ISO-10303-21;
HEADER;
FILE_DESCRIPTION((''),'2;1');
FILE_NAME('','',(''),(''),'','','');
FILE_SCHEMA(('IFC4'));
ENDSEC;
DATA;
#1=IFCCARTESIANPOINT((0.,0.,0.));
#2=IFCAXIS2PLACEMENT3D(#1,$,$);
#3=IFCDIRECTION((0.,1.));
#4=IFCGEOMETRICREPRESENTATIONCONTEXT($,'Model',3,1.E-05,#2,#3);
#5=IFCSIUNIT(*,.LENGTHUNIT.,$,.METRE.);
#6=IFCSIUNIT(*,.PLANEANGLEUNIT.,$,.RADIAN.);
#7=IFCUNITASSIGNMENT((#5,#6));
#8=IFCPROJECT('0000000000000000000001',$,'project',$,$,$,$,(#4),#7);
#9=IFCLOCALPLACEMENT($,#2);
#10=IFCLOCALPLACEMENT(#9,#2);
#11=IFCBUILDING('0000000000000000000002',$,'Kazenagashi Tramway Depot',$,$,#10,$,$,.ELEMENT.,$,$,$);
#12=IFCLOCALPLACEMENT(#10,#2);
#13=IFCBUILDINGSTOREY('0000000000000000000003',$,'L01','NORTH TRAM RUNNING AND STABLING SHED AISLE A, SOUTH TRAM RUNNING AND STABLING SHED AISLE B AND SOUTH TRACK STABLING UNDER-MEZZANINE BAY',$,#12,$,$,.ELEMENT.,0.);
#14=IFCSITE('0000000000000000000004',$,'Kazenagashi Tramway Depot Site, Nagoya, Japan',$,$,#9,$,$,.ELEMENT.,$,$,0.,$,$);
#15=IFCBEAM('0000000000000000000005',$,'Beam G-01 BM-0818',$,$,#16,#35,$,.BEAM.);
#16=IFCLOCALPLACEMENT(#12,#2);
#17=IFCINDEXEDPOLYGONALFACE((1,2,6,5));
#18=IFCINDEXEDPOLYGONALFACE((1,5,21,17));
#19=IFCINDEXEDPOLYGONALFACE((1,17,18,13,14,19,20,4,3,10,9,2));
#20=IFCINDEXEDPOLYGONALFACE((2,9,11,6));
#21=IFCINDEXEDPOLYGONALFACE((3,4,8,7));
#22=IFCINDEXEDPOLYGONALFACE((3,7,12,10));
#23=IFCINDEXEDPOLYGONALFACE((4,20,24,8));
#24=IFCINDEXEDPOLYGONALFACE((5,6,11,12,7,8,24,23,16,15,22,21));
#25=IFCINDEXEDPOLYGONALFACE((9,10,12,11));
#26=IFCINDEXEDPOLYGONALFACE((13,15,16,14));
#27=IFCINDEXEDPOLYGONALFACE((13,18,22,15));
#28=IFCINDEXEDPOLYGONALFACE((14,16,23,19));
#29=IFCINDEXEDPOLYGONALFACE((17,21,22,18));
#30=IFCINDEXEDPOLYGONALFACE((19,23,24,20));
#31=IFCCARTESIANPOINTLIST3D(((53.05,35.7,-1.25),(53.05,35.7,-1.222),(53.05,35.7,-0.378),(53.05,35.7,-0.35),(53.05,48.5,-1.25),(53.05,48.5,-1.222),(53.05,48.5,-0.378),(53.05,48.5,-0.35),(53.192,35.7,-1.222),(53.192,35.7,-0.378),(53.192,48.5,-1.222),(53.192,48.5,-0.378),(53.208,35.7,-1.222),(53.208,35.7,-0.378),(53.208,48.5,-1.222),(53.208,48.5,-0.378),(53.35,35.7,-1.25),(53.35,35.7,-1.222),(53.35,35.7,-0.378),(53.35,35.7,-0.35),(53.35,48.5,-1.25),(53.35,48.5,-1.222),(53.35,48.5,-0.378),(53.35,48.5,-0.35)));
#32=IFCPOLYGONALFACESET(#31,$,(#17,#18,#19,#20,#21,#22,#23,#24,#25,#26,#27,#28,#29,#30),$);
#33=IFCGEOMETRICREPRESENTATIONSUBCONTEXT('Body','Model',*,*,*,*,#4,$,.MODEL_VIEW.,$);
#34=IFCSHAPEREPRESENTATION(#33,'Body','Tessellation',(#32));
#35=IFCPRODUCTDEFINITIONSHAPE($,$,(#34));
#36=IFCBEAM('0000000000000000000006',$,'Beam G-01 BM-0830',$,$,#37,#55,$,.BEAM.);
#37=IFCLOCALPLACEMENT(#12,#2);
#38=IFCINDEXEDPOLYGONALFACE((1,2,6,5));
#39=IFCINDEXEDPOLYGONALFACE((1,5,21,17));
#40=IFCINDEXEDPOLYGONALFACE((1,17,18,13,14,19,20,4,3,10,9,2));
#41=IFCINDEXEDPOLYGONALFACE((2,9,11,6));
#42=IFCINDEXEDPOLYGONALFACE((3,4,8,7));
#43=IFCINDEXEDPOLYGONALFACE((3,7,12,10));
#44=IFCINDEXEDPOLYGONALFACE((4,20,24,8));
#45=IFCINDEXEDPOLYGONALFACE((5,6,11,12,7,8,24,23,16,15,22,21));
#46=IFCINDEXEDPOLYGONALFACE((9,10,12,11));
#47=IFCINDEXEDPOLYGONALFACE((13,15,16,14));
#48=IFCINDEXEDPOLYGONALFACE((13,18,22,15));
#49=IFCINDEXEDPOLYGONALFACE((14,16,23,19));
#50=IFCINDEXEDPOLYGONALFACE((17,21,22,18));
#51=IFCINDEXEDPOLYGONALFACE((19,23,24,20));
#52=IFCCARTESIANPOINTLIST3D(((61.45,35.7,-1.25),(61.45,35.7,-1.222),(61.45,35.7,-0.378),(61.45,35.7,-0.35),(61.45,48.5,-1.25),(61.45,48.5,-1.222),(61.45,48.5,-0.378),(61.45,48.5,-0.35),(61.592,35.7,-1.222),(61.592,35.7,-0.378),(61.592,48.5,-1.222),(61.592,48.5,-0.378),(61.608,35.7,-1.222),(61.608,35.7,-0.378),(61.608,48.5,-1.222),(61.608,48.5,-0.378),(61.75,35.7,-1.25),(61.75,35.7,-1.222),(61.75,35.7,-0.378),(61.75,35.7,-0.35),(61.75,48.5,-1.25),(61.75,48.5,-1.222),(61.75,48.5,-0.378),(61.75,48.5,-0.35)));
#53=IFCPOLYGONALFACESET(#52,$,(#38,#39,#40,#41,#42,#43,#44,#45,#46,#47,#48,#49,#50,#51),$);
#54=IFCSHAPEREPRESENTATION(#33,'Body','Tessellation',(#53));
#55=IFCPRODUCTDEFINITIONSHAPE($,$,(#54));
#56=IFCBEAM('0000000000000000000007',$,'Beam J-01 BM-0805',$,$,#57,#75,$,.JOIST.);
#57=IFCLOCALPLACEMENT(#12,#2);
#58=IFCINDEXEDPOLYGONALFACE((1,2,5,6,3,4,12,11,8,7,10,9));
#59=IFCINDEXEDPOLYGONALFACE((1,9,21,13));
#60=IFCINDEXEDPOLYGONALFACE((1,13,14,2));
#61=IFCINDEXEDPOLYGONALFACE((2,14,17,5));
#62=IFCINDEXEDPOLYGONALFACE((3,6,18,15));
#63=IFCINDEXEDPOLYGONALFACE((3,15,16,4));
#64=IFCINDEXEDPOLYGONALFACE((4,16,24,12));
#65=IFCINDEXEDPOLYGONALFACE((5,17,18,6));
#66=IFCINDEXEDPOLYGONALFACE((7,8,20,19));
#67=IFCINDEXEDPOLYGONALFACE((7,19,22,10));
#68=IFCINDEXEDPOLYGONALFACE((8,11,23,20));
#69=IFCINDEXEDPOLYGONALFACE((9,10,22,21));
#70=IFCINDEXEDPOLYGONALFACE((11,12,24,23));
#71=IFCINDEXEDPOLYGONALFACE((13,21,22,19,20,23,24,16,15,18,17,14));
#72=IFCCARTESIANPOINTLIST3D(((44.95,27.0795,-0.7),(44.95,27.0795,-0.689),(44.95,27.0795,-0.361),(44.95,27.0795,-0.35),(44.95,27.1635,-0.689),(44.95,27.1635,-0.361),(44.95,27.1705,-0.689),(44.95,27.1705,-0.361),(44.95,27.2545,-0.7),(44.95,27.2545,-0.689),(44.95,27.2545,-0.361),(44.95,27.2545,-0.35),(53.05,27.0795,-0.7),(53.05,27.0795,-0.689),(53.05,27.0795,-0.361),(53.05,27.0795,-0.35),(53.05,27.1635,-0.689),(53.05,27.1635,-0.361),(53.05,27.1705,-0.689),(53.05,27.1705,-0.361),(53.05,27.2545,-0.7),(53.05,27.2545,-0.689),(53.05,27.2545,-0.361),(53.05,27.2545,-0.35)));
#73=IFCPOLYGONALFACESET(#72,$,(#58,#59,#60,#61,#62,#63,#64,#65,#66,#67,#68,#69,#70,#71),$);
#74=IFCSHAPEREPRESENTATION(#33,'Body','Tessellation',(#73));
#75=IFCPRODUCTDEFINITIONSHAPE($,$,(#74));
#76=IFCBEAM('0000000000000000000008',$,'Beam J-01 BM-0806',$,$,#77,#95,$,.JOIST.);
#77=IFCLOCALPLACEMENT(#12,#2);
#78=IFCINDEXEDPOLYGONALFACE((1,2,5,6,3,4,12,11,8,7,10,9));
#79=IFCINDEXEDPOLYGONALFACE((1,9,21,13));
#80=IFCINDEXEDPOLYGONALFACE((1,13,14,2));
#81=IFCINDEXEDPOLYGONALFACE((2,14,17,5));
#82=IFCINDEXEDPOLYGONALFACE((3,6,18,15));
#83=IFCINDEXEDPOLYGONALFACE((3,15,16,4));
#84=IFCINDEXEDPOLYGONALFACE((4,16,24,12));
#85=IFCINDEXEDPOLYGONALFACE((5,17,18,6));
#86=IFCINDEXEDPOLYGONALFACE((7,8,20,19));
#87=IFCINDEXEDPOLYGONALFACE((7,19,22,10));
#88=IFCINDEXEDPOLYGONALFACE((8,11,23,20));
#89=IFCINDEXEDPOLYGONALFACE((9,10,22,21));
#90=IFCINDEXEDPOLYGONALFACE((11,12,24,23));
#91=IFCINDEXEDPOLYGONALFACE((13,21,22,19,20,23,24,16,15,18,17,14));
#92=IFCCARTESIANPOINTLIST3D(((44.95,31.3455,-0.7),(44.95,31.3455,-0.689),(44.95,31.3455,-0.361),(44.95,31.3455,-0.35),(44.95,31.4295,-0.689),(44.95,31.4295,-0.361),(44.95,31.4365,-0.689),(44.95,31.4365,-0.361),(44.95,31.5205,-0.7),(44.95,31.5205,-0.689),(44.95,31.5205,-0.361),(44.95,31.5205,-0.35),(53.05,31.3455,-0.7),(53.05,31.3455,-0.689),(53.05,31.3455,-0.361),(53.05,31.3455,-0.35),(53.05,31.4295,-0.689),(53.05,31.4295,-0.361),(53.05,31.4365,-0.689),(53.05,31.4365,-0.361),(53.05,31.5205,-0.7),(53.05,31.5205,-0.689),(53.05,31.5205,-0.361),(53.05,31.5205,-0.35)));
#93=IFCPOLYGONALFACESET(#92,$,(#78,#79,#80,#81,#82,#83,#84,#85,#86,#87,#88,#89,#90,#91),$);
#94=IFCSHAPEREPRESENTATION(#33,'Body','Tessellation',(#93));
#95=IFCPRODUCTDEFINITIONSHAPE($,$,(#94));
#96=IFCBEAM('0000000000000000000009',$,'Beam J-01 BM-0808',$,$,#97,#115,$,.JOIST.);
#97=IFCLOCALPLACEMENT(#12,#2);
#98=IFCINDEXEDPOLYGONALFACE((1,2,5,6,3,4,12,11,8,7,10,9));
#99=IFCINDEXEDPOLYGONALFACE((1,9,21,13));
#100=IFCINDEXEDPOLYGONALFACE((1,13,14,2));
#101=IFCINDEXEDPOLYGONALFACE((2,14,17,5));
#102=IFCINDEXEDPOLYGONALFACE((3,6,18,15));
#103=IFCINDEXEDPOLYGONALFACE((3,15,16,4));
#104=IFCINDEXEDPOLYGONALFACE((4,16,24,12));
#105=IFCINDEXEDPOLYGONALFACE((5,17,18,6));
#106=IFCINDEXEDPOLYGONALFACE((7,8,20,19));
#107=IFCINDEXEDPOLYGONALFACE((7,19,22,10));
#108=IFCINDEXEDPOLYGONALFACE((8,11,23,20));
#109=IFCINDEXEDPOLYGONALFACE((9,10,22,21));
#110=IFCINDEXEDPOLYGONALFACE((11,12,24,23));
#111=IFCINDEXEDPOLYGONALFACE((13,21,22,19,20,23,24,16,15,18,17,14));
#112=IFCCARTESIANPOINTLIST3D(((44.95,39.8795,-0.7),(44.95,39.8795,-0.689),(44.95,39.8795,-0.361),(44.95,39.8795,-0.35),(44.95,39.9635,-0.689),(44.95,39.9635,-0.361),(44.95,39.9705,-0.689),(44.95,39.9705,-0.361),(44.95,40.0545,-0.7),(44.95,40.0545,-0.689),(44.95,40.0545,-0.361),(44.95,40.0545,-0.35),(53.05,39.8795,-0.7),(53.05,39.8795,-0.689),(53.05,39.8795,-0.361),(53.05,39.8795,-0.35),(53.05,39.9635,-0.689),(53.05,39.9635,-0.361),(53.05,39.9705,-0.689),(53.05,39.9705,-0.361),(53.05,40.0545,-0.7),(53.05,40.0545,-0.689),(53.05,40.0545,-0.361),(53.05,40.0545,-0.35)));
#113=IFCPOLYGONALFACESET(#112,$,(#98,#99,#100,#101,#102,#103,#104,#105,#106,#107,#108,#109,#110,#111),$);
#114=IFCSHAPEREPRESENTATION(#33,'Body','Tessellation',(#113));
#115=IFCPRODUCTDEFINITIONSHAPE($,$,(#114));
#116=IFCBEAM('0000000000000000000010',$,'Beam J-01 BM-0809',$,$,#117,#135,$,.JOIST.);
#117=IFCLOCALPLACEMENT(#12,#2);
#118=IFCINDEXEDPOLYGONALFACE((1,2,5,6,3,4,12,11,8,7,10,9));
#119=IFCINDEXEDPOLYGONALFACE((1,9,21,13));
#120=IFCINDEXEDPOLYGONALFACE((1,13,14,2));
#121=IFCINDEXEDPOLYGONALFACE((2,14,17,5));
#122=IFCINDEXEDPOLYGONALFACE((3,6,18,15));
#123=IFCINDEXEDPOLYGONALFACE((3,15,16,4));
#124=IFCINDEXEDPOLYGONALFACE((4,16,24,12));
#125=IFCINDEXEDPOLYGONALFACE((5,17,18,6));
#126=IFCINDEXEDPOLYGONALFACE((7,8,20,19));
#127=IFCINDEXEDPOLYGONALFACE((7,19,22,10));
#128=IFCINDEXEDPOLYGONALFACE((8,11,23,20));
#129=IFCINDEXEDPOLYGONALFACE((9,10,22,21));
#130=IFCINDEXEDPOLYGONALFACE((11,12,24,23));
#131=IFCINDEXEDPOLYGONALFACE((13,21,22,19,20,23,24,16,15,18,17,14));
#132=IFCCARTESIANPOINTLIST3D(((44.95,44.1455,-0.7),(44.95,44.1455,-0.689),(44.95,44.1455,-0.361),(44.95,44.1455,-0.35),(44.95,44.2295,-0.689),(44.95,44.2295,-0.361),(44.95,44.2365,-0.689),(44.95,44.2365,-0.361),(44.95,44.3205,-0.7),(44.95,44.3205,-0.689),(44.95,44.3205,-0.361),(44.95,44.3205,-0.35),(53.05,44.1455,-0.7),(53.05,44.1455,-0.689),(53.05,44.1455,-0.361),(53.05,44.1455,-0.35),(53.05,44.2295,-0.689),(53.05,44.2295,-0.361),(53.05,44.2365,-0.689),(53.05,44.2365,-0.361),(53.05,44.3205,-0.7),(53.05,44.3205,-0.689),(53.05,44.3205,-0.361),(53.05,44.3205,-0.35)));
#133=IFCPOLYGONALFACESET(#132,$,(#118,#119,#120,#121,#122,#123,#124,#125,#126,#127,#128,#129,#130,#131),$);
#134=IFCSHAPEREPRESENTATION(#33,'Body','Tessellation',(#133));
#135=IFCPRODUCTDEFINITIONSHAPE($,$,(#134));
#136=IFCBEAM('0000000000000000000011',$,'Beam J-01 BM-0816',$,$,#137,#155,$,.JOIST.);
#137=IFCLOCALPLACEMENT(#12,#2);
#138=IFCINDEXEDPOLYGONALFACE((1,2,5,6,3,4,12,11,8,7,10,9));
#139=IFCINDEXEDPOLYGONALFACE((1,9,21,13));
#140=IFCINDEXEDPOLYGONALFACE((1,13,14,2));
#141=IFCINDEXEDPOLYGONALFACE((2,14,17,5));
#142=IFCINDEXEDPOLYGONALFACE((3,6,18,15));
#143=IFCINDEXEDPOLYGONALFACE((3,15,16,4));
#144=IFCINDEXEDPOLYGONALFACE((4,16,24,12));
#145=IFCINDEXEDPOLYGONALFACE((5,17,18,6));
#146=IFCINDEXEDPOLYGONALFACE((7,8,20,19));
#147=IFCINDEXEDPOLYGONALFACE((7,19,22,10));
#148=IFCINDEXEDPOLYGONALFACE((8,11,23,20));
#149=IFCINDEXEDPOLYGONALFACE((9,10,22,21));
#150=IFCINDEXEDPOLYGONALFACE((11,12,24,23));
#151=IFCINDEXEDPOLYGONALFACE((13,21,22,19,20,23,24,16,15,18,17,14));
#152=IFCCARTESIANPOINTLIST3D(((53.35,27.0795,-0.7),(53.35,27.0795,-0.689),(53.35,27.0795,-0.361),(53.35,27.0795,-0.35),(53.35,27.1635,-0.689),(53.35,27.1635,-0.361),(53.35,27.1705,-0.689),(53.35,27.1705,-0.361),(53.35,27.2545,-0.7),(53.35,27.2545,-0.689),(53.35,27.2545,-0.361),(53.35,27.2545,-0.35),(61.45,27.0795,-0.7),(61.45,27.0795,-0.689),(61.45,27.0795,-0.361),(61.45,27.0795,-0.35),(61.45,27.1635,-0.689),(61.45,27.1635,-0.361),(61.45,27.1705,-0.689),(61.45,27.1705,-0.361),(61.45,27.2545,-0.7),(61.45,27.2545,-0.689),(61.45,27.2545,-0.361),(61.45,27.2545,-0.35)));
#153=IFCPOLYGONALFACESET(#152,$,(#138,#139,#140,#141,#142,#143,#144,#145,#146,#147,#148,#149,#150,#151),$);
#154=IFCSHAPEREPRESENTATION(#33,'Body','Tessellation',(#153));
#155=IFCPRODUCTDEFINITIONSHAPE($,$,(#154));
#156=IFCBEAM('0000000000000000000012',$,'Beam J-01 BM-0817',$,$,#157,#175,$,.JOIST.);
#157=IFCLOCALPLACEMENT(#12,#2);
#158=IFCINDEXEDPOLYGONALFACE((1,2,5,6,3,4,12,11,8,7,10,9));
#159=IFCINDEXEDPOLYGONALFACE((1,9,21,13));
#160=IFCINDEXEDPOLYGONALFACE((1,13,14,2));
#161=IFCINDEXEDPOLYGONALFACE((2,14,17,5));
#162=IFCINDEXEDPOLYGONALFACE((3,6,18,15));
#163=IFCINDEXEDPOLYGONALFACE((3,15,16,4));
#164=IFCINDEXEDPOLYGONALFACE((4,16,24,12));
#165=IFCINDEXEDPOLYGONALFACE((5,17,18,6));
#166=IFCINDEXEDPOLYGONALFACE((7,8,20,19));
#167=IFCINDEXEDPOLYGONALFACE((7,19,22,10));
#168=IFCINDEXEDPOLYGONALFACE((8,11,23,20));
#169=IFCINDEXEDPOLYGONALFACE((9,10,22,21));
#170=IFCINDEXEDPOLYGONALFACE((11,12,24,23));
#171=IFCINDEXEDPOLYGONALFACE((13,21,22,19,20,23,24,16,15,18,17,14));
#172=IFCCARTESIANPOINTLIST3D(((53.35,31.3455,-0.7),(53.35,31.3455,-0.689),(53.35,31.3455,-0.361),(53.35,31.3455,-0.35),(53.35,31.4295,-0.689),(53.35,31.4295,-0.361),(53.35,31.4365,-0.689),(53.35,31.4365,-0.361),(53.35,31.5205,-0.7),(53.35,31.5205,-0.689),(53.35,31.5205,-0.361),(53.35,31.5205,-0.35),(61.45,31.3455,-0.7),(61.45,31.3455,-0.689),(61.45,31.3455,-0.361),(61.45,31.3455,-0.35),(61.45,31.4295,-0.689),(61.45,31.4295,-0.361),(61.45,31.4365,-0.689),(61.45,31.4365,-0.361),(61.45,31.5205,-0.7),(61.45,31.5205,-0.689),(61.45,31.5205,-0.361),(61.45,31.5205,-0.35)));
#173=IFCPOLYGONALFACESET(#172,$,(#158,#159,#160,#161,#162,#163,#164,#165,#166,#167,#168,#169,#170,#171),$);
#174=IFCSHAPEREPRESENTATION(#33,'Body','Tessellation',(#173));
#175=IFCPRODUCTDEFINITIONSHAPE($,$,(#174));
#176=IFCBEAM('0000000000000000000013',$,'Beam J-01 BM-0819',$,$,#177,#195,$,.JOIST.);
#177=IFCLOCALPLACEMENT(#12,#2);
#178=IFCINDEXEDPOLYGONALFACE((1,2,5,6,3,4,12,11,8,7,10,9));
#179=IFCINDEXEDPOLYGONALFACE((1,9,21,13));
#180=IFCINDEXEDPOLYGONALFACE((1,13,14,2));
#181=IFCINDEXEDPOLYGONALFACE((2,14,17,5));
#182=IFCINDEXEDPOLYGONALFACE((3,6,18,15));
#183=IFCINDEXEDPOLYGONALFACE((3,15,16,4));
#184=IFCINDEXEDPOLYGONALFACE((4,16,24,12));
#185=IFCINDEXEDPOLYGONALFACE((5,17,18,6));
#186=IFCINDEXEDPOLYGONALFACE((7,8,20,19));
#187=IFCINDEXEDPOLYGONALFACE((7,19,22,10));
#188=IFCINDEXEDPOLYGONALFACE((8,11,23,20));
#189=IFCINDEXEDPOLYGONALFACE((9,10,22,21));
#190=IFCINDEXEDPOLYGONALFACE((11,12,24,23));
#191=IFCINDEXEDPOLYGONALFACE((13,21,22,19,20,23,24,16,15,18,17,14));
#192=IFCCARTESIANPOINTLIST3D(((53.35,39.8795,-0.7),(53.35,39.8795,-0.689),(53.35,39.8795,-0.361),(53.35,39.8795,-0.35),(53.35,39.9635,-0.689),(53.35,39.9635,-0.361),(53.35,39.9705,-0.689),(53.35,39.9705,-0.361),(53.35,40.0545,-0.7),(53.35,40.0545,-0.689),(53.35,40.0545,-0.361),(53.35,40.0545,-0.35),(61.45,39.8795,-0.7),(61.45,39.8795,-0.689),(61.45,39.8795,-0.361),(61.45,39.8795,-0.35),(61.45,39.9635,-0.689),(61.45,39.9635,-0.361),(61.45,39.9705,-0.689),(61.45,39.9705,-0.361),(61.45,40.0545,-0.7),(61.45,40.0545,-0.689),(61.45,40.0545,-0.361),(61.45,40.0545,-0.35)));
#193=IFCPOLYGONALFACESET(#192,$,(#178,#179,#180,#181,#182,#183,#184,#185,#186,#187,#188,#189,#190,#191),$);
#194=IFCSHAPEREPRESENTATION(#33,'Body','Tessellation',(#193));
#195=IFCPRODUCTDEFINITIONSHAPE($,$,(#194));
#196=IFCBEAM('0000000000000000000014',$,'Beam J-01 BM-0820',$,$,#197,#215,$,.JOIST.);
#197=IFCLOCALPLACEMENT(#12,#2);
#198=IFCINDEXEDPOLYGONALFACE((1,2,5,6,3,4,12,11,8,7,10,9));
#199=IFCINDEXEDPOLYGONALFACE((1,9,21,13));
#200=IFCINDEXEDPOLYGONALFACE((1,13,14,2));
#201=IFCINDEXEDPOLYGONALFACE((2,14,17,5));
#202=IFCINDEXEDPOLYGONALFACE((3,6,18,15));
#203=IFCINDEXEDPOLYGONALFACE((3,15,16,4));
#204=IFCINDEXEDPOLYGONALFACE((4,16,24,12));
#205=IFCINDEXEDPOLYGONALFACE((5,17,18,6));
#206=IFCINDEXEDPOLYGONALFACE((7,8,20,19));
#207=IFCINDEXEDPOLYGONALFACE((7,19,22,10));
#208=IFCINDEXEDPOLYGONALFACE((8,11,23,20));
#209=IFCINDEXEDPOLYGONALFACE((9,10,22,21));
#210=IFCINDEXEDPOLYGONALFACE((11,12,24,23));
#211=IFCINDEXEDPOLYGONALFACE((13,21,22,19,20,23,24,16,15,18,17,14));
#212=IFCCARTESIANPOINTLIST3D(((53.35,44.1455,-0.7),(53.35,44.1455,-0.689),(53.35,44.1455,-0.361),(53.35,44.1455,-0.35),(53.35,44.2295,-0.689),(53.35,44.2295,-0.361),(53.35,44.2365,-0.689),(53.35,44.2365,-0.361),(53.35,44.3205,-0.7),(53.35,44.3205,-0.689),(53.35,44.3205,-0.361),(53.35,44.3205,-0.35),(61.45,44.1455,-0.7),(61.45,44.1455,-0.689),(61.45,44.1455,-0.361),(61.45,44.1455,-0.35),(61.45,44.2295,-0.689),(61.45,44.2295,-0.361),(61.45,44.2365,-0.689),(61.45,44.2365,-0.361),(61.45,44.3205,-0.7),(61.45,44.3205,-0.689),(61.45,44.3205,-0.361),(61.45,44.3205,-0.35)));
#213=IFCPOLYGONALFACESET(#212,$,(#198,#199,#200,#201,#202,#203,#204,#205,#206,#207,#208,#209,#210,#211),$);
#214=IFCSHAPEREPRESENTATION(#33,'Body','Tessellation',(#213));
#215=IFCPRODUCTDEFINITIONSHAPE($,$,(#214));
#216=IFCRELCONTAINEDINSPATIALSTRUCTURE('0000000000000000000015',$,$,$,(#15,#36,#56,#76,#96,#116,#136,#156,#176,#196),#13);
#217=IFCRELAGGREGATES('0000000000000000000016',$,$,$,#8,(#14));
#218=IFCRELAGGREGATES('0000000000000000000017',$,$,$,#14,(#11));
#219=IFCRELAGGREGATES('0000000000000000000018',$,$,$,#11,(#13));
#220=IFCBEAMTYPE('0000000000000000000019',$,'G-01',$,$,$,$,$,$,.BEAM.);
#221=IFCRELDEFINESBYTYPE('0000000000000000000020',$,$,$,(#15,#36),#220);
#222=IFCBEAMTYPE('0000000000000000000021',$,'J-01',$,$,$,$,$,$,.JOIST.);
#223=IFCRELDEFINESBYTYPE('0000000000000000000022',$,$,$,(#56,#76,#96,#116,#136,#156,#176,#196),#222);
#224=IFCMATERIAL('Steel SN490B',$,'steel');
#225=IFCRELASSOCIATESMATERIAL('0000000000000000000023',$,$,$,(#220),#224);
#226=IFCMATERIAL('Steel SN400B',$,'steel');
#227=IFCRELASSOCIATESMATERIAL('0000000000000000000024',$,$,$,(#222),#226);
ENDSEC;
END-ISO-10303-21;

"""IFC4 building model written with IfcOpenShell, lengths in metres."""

from ifc_helpers import new_model, si_unit, direction, frame, origin, origin_2d, place, context, subcontext, project, spatial, i_section, extrude, material, material_profile, profile_set, type_object, element, save


model = new_model("IFC4")

# Units and contexts
model_context = context("Model", 3, precision=1e-05, world=origin(), true_north=direction((0.0, 1.0)))
body_context = subcontext(model_context, "Body", "Model", "MODEL_VIEW")
ifc_project = project(units=[si_unit("LENGTHUNIT", "METRE"), si_unit("PLANEANGLEUNIT", "RADIAN")], contexts=[model_context])

# Site, building, storey
site_placement = place(None, origin())
site = spatial("IfcSite", under=ifc_project, at=site_placement, Name="Kazenagashi Tramway Depot Site, Nagoya, Japan", CompositionType="ELEMENT", RefElevation=0.0)
building_placement = place(site_placement, origin())
building = spatial("IfcBuilding", under=site, at=building_placement, Name="Kazenagashi Tramway Depot", CompositionType="ELEMENT")
storey_placement = place(building_placement, origin())
storey = spatial("IfcBuildingStorey", under=building, at=storey_placement, Name="L01", Description="NORTH TRAM RUNNING AND STABLING SHED AISLE A, SOUTH TRAM RUNNING AND STABLING SHED AISLE B AND SOUTH TRACK STABLING UNDER-MEZZANINE BAY", CompositionType="ELEMENT", Elevation=0.0)

# Shared definitions
ifc_material_1 = material(Name="Steel SN490B", Category="steel")

# Beams
ifc_material_profile_1 = material_profile(ifc_material_1, i_section(OverallWidth=0.3, OverallDepth=0.9, WebThickness=0.016, FlangeThickness=0.028, at=origin_2d()), Name="H-900x300x16x28")
ifc_profile_set_1 = profile_set([ifc_material_profile_1], Name="Steel SN490B")
beam_type_1 = type_object("IfcBeamType", Name="G-01", PredefinedType="BEAM", material=ifc_profile_set_1)
for number, where, z_axis, x_axis, name in (
    (1, (53.2, 35.7, -0.8), (0.0, 1.0, 0.0), (-1.0, 0.0, 0.0), "Beam G-01 BM-0818"),
    (2, (61.6, 35.7, -0.8), (0.0, 1.0, 0.0), (-1.0, 0.0, 0.0), "Beam G-01 BM-0830"),
):
    element("IfcBeam", number, at=place(storey_placement, frame(where, z_axis=z_axis, x_axis=x_axis)), inside=storey, type_object=beam_type_1, Name=name, PredefinedType="BEAM", context=body_context, shape_type="SweptSolid", body=[
        extrude(i_section(OverallWidth=0.3, OverallDepth=0.9, WebThickness=0.016, FlangeThickness=0.028, at=origin_2d()), origin(), (0.0, 0.0, 1.0), 12.8),
    ])
ifc_material_2 = material(Name="Steel SN400B", Category="steel")
ifc_material_profile_2 = material_profile(ifc_material_2, i_section(OverallWidth=0.175, OverallDepth=0.35, WebThickness=0.007, FlangeThickness=0.011, at=origin_2d()), Name="H-350x175x7x11")
ifc_profile_set_2 = profile_set([ifc_material_profile_2], Name="Steel SN400B")
beam_type_2 = type_object("IfcBeamType", Name="J-01", PredefinedType="JOIST", material=ifc_profile_set_2)
for number, where, z_axis, x_axis, name in (
    (3, (44.95, 27.167, -0.525), (1.0, 0.0, 0.0), (0.0, 1.0, 0.0), "Beam J-01 BM-0805"),
    (4, (44.95, 31.433, -0.525), (1.0, 0.0, 0.0), (0.0, 1.0, 0.0), "Beam J-01 BM-0806"),
    (5, (44.95, 39.967, -0.525), (1.0, 0.0, 0.0), (0.0, 1.0, 0.0), "Beam J-01 BM-0808"),
    (6, (44.95, 44.233, -0.525), (1.0, 0.0, 0.0), (0.0, 1.0, 0.0), "Beam J-01 BM-0809"),
    (7, (53.35, 27.167, -0.525), (1.0, 0.0, 0.0), (0.0, 1.0, 0.0), "Beam J-01 BM-0816"),
    (8, (53.35, 31.433, -0.525), (1.0, 0.0, 0.0), (0.0, 1.0, 0.0), "Beam J-01 BM-0817"),
    (9, (53.35, 39.967, -0.525), (1.0, 0.0, 0.0), (0.0, 1.0, 0.0), "Beam J-01 BM-0819"),
    (10, (53.35, 44.233, -0.525), (1.0, 0.0, 0.0), (0.0, 1.0, 0.0), "Beam J-01 BM-0820"),
):
    element("IfcBeam", number, at=place(storey_placement, frame(where, z_axis=z_axis, x_axis=x_axis)), inside=storey, type_object=beam_type_2, Name=name, PredefinedType="JOIST", context=body_context, shape_type="SweptSolid", body=[
        extrude(i_section(OverallWidth=0.175, OverallDepth=0.35, WebThickness=0.007, FlangeThickness=0.011, at=origin_2d()), origin(), (0.0, 0.0, 1.0), 8.1),
    ])

save(model, "model.ifc")
